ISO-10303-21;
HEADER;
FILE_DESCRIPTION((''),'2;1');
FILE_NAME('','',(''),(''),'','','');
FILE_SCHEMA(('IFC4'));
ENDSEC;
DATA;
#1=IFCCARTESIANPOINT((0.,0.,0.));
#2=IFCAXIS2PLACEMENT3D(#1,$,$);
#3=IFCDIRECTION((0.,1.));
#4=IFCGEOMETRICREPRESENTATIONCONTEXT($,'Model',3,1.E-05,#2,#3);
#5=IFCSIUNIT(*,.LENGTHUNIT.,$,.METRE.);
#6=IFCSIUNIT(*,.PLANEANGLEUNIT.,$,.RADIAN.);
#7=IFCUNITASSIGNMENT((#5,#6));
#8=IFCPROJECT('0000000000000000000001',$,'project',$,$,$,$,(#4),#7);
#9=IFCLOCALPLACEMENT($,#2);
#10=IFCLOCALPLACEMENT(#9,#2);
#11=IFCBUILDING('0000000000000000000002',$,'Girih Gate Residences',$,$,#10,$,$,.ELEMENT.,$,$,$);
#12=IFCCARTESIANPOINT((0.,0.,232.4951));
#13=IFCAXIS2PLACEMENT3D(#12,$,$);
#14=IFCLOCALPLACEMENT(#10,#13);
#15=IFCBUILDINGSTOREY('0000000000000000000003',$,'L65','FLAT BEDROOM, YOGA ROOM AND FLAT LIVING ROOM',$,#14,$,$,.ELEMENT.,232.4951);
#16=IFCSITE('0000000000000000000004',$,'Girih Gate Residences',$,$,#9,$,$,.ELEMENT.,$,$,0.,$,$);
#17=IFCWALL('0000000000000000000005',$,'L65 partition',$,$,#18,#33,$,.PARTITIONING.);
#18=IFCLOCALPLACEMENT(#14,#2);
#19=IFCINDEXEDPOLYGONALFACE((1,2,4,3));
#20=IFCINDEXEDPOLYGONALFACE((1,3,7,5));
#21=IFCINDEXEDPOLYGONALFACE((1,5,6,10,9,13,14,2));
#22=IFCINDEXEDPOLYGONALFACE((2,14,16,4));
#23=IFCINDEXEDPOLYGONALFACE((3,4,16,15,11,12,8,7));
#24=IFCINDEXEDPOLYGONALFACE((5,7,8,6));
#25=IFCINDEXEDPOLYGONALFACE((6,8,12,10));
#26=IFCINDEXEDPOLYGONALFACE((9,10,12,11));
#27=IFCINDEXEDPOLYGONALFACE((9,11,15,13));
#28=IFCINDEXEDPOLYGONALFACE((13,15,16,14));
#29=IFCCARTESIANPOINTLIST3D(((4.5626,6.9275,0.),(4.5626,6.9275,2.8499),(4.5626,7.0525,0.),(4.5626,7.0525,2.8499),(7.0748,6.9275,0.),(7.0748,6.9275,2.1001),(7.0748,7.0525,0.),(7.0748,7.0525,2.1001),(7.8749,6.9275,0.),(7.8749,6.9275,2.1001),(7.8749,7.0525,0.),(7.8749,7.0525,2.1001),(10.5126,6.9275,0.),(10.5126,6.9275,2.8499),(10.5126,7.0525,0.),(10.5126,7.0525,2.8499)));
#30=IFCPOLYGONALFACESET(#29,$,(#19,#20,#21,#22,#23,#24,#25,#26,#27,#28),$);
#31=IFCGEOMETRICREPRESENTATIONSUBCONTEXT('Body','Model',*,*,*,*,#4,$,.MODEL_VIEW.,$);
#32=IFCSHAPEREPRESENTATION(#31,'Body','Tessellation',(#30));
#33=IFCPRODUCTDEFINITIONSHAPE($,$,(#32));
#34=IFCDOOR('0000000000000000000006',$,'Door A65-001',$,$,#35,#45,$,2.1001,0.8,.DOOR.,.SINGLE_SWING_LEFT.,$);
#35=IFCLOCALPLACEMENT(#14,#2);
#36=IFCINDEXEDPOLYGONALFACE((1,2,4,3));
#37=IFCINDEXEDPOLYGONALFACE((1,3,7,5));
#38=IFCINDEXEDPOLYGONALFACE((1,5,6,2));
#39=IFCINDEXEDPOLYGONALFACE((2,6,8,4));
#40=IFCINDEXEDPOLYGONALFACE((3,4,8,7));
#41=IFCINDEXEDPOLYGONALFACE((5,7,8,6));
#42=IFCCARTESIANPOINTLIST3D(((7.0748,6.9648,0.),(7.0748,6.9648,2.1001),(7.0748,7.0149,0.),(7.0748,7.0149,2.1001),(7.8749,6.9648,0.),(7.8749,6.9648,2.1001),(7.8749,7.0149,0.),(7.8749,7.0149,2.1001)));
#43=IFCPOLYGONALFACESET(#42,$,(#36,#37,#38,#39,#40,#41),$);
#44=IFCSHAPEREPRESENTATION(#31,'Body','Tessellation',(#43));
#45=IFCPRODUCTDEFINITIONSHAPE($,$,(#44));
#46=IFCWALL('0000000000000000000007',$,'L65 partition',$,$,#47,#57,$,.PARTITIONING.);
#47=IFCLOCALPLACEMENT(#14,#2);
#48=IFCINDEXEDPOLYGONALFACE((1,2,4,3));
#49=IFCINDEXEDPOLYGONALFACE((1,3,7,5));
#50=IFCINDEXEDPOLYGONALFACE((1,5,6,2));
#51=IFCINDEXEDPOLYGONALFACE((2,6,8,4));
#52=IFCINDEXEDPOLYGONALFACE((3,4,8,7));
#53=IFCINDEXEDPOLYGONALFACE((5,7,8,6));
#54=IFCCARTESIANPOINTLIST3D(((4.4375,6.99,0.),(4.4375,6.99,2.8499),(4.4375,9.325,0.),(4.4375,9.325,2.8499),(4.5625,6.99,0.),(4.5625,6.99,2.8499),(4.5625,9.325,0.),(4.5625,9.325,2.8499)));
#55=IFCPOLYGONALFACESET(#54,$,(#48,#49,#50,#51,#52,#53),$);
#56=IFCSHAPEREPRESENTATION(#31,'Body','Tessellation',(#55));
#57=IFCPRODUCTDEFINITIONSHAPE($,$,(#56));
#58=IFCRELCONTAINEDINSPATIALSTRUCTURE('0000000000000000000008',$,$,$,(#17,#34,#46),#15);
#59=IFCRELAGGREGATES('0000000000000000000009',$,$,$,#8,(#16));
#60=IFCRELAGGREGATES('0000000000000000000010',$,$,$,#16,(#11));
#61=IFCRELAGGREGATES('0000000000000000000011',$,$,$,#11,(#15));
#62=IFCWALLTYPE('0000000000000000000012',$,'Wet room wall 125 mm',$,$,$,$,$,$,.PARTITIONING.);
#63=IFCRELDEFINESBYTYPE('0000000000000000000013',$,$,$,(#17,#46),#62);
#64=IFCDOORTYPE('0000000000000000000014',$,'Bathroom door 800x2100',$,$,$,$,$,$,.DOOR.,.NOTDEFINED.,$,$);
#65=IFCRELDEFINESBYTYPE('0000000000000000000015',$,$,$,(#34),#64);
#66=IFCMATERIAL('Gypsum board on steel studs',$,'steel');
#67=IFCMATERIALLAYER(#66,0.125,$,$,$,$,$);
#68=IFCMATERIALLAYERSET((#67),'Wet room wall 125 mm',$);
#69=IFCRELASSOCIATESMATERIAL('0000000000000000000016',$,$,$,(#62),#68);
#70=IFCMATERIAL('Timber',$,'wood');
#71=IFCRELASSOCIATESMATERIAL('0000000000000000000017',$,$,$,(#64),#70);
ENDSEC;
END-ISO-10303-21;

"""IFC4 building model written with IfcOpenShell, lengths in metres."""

from ifc_helpers import new_model, si_unit, direction, frame, frame_2d, origin, place, context, subcontext, project, spatial, rectangle, extrude, material, layer, layer_set, type_object, element, fill, save


model = new_model("IFC4")

# Units and contexts
model_context = context("Model", 3, precision=1e-05, world=origin(), true_north=direction((0.0, 1.0)))
body_context = subcontext(model_context, "Body", "Model", "MODEL_VIEW")
ifc_project = project(units=[si_unit("LENGTHUNIT", "METRE"), si_unit("PLANEANGLEUNIT", "RADIAN")], contexts=[model_context])

# Site, building, storey
site_placement = place(None, origin())
site = spatial("IfcSite", under=ifc_project, at=site_placement, Name="Girih Gate Residences", CompositionType="ELEMENT", RefElevation=0.0)
building_placement = place(site_placement, origin())
building = spatial("IfcBuilding", under=site, at=building_placement, Name="Girih Gate Residences", CompositionType="ELEMENT")
storey_placement = place(building_placement, frame((0.0, 0.0, 232.4951)))
storey = spatial("IfcBuildingStorey", under=building, at=storey_placement, Name="L65", Description="FLAT BEDROOM, YOGA ROOM AND FLAT LIVING ROOM", CompositionType="ELEMENT", Elevation=232.4951)

# Shared definitions
ifc_material_1 = material(Name="Gypsum board on steel studs", Category="steel")

# Shared definitions
ifc_material_2 = material(Name="Timber", Category="wood")

# Wall, opening, door
ifc_layer_1 = layer(ifc_material_1, 0.125)
ifc_layer_set_1 = layer_set([ifc_layer_1], Name="Wet room wall 125 mm")
wall_type_1 = type_object("IfcWallType", Name="Wet room wall 125 mm", PredefinedType="PARTITIONING", material=ifc_layer_set_1)
wall_1_placement = place(storey_placement, frame((4.5625, 6.99, 0.0), z_axis=(0.0, 0.0, 1.0), x_axis=(1.0, 0.0, 0.0)))
wall_1 = element("IfcWall", 1, at=wall_1_placement, inside=storey, type_object=wall_type_1, Name="L65 partition", PredefinedType="PARTITIONING", context=body_context, shape_type="SweptSolid", body=[
    extrude(rectangle(XDim=5.95, YDim=0.125, at=frame_2d((2.9751, 0.0))), origin(), (0.0, 0.0, 1.0), 2.8499),
])
opening_1_placement = place(wall_1_placement, frame((2.5125, 0.0, 0.0)))
opening_1 = element("IfcOpeningElement", 2, at=opening_1_placement, cuts=wall_1, PredefinedType="OPENING", context=body_context, shape_type="SweptSolid", body=[
    extrude(rectangle(XDim=0.8, YDim=2.1001, at=frame_2d((0.3999, 1.05))), frame((0.0, 0.0725, 0.0), z_axis=(0.0, -1.0, 0.0), x_axis=(1.0, 0.0, 0.0)), (0.0, 0.0, 1.0), 0.145),
])
door_type_1 = type_object("IfcDoorType", Name="Bathroom door 800x2100", OperationType="NOTDEFINED", PredefinedType="DOOR", material=ifc_material_2)
door_1_placement = place(opening_1_placement, origin())
door_1 = element("IfcDoor", 3, at=door_1_placement, inside=storey, type_object=door_type_1, Name="Door A65-001", OperationType="SINGLE_SWING_LEFT", OverallHeight=2.1001, OverallWidth=0.8, PredefinedType="DOOR", context=body_context, shape_type="SweptSolid", body=[
    extrude(rectangle(XDim=0.8, YDim=2.1001, at=frame_2d((0.3999, 1.05))), frame((0.0, 0.0249, 0.0), z_axis=(0.0, -1.0, 0.0), x_axis=(1.0, 0.0, 0.0)), (0.0, 0.0, 1.0), 0.05),
])
fill(opening_1, door_1)

# Wall
wall_2_placement = place(storey_placement, frame((4.5, 6.99, 0.0), z_axis=(0.0, 0.0, 1.0), x_axis=(0.0, 1.0, 0.0)))
element("IfcWall", 4, at=wall_2_placement, inside=storey, type_object=wall_type_1, Name="L65 partition", PredefinedType="PARTITIONING", context=body_context, shape_type="SweptSolid", body=[
    extrude(rectangle(XDim=2.335, YDim=0.125, at=frame_2d((1.1675, 0.0))), origin(), (0.0, 0.0, 1.0), 2.8499),
])

save(model, "model.ifc")
